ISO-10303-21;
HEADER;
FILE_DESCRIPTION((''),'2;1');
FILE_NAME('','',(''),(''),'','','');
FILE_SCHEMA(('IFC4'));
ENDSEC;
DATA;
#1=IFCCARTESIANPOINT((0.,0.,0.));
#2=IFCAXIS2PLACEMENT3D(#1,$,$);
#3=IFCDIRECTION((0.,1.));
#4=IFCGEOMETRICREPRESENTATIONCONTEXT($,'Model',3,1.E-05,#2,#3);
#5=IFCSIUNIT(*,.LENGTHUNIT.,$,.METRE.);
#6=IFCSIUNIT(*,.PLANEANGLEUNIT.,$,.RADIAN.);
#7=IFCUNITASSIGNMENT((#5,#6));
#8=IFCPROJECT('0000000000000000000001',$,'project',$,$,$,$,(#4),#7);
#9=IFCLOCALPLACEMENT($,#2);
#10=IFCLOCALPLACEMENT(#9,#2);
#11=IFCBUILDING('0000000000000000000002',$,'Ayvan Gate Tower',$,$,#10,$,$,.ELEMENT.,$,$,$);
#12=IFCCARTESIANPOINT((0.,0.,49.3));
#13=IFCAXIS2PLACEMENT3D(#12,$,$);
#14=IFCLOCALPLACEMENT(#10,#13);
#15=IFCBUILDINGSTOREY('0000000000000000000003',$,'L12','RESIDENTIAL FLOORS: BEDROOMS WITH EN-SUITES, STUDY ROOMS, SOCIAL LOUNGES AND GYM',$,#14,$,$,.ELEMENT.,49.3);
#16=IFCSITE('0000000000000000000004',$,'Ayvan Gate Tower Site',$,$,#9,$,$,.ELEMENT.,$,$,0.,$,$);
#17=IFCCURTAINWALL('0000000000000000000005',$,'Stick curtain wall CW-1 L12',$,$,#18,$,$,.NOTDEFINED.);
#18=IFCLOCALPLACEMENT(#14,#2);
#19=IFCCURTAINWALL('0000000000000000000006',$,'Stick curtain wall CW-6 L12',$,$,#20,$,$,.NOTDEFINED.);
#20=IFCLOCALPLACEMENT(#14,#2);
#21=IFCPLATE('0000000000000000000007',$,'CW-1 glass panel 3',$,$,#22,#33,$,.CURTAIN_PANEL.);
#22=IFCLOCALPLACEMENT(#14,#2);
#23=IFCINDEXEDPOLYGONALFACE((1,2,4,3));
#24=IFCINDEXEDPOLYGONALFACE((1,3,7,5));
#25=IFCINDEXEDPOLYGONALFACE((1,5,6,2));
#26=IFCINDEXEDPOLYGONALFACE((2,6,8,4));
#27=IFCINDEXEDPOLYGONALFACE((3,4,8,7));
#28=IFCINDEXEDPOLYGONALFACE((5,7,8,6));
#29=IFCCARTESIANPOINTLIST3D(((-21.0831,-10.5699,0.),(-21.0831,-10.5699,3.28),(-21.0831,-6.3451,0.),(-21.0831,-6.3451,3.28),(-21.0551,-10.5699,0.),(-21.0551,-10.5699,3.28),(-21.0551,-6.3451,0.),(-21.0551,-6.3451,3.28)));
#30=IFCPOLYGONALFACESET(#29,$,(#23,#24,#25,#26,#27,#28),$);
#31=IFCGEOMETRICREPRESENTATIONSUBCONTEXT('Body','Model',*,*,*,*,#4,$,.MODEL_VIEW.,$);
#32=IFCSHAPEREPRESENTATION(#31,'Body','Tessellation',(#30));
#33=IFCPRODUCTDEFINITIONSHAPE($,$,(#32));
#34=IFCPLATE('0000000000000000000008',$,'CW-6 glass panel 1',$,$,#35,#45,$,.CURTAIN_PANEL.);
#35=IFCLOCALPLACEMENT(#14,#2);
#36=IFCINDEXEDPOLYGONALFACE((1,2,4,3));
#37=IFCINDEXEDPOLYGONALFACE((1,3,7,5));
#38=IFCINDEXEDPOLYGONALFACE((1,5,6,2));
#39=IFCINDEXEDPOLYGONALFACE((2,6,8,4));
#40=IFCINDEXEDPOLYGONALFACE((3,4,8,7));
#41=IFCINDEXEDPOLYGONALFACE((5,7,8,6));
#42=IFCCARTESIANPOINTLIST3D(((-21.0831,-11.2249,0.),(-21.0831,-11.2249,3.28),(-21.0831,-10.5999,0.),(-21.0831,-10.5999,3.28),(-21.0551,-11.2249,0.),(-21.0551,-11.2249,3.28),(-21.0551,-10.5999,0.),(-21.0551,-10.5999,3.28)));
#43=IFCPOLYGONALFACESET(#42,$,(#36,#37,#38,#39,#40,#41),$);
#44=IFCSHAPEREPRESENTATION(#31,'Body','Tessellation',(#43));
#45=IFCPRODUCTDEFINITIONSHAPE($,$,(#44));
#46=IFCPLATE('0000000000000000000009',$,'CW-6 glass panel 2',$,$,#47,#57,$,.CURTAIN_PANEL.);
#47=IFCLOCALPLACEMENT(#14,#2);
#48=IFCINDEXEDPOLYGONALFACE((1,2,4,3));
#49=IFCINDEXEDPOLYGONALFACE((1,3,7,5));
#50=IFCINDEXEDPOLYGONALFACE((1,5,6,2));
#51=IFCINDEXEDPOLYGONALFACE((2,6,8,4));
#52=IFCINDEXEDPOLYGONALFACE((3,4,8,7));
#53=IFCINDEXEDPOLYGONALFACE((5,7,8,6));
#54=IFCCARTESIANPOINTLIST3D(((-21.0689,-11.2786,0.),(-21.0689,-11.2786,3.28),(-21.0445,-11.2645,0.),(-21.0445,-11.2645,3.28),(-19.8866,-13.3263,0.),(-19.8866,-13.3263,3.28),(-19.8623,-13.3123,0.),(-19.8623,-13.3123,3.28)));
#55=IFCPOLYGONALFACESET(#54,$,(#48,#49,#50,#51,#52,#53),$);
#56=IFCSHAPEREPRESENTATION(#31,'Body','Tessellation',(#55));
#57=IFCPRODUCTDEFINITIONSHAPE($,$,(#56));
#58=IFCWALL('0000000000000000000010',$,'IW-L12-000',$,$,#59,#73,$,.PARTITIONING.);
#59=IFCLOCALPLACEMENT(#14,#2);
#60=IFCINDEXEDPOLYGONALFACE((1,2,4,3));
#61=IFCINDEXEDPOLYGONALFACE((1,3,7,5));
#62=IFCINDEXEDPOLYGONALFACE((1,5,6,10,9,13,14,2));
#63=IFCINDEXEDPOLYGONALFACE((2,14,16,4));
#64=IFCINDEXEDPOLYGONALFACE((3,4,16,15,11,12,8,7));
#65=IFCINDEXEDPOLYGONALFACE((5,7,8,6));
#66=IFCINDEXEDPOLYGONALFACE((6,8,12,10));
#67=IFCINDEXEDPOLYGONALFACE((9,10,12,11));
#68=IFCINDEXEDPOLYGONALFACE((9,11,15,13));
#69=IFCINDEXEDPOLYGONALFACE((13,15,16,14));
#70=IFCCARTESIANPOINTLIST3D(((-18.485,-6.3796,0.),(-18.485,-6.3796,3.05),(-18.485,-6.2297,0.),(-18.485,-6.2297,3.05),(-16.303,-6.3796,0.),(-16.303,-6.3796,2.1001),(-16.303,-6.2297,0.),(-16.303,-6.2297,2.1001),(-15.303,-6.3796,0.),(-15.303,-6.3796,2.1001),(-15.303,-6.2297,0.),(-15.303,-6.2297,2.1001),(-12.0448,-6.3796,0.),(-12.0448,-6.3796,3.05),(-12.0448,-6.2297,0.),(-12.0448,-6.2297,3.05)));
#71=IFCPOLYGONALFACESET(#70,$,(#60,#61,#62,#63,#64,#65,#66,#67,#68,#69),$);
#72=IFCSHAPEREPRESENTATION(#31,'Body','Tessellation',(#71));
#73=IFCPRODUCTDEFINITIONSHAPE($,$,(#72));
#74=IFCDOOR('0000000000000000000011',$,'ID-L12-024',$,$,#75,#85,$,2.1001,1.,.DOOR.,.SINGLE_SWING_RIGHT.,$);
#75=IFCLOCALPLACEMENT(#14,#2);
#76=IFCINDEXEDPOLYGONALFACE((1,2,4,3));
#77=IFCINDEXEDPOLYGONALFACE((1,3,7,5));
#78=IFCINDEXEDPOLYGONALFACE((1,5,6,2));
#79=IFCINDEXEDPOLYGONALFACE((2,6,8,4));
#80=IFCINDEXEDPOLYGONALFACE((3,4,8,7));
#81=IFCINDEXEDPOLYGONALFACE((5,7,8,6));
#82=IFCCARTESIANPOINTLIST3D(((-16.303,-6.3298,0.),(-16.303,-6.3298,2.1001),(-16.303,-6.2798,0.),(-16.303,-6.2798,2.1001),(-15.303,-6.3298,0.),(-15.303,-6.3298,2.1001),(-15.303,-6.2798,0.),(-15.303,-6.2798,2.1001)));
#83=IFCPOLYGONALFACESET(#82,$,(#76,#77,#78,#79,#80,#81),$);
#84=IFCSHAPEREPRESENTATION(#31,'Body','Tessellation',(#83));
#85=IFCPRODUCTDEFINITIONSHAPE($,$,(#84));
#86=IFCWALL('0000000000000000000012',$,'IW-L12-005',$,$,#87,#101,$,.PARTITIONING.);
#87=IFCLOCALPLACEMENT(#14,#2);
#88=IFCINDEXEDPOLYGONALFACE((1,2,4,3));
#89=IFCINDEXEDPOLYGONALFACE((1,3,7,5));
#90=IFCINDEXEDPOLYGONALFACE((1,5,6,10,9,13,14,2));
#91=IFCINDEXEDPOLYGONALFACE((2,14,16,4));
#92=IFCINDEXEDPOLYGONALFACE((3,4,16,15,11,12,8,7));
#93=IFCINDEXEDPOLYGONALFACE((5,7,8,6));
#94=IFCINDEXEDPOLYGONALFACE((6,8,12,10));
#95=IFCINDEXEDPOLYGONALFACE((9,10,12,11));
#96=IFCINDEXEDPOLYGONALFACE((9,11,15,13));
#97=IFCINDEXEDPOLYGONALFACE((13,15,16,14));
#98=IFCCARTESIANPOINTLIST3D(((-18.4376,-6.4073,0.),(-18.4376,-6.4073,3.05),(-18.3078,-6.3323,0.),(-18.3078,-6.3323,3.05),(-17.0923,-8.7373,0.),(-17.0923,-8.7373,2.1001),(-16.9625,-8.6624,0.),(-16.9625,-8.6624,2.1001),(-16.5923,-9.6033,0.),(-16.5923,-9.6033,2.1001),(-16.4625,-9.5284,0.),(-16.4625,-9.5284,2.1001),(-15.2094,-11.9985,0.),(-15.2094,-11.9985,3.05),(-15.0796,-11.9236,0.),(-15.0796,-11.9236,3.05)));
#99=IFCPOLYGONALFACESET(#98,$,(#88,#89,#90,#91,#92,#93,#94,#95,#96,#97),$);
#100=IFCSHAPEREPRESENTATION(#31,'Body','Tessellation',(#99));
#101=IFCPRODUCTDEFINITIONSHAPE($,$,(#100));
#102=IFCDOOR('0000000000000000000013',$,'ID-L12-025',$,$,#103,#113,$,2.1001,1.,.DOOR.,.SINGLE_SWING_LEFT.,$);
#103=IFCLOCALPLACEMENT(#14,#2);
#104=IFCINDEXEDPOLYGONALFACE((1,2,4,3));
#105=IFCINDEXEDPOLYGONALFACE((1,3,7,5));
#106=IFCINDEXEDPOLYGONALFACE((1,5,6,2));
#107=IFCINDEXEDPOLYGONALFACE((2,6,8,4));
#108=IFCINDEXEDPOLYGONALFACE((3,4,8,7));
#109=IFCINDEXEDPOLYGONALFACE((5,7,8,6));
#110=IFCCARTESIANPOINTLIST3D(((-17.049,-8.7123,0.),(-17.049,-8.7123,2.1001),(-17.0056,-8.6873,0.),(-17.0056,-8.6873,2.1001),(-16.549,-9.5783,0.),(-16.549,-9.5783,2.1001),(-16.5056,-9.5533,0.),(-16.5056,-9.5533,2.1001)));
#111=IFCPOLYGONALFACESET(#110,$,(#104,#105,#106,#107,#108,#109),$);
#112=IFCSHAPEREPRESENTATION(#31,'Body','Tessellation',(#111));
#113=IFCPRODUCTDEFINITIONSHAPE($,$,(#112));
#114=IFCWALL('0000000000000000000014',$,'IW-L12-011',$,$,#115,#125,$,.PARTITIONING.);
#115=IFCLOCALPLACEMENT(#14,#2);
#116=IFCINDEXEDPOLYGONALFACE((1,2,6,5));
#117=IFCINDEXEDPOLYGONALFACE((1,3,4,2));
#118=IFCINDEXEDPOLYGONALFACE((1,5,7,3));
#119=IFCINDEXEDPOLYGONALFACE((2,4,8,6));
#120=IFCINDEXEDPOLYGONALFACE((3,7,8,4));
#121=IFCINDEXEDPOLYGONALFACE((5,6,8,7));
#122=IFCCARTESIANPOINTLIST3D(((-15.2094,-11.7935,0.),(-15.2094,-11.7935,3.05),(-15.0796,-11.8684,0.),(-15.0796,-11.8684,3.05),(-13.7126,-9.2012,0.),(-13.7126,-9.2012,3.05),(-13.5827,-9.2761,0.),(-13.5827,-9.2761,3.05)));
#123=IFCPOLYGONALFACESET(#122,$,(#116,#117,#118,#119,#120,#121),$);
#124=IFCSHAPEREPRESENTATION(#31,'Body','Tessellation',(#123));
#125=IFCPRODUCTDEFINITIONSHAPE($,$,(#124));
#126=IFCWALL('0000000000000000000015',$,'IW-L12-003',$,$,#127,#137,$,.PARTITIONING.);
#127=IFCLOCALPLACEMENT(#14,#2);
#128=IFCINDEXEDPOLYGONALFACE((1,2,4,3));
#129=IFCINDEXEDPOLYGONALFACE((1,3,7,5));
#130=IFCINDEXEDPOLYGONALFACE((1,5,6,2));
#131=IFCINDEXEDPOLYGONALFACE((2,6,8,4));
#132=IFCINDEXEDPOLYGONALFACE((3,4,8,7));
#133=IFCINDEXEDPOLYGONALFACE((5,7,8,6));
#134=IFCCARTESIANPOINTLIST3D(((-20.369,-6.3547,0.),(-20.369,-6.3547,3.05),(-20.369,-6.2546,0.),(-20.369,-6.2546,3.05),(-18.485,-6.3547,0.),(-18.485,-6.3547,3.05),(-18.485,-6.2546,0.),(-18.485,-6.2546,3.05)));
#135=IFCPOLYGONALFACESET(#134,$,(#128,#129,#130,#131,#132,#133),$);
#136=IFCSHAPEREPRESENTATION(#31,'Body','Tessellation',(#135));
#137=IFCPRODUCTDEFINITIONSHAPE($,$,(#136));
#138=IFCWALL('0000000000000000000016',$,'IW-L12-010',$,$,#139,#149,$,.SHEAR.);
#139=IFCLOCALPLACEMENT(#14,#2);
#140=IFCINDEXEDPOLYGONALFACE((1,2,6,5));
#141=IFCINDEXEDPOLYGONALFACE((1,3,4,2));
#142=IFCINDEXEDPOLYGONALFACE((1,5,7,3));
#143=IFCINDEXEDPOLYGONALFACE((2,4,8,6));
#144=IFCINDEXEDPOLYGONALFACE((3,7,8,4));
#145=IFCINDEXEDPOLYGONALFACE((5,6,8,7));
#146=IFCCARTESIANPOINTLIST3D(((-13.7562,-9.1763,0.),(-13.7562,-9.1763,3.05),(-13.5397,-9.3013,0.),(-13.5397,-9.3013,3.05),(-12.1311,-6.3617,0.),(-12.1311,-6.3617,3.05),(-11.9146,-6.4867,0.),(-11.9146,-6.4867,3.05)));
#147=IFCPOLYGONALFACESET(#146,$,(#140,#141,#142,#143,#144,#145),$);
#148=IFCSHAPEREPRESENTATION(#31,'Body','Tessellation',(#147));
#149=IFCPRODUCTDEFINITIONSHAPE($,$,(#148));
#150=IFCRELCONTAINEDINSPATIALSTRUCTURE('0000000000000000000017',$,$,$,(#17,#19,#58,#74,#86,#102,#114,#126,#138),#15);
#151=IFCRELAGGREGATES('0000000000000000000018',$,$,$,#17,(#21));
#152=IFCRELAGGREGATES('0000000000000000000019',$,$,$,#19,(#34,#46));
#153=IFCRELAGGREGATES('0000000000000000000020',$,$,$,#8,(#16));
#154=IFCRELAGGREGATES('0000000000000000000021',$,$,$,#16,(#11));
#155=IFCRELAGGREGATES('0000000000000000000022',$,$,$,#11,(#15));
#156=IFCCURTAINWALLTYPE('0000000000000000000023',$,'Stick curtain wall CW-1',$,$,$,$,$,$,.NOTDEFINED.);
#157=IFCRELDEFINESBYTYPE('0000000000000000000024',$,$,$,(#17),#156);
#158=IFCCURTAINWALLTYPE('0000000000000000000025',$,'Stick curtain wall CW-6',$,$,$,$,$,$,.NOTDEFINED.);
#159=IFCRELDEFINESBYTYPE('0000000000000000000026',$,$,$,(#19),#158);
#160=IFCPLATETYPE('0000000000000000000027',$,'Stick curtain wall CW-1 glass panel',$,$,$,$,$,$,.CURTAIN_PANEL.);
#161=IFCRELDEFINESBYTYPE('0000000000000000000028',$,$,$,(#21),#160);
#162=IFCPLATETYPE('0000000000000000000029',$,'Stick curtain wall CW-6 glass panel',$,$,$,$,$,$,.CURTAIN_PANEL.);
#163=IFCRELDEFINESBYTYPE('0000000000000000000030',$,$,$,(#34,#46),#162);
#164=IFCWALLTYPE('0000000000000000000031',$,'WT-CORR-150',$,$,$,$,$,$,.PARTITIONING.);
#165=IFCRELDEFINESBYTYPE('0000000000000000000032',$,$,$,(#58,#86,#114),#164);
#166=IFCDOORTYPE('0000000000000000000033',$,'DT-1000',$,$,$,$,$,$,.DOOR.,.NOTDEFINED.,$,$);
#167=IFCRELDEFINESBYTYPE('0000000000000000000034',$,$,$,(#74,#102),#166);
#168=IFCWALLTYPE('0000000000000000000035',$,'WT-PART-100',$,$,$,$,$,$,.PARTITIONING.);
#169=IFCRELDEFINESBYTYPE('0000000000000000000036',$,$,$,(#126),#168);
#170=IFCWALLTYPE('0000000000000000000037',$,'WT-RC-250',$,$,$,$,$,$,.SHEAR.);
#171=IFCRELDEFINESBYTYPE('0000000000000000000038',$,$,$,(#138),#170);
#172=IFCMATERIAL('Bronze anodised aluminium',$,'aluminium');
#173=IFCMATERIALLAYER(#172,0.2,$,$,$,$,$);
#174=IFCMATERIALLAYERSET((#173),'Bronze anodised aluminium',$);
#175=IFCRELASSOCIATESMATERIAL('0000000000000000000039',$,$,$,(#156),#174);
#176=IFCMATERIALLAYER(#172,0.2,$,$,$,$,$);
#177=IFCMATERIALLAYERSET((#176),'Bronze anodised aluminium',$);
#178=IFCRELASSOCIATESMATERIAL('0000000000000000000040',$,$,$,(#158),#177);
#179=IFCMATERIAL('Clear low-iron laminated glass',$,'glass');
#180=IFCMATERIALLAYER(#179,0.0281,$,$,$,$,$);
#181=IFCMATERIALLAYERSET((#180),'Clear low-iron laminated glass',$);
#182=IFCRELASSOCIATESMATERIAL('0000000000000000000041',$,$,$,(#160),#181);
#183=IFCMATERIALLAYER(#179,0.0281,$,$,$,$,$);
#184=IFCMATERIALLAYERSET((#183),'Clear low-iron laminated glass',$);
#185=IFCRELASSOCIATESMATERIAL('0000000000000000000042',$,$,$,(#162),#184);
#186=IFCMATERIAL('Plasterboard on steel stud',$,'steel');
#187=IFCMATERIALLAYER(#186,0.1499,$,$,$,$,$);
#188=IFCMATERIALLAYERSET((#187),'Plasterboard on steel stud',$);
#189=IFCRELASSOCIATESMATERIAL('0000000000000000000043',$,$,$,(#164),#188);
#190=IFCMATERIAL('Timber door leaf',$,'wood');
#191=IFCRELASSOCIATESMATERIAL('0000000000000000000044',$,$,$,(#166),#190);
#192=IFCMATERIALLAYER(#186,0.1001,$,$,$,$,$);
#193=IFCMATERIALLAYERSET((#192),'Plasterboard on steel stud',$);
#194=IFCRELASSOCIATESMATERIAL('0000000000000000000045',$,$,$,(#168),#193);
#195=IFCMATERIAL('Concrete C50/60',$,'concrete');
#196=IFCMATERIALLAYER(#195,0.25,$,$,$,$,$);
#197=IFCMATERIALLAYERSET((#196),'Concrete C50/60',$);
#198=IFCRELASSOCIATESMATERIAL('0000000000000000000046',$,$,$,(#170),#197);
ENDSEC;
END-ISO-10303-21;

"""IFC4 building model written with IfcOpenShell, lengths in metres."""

from ifc_helpers import new_model, si_unit, direction, frame, frame_2d, origin, origin_2d, place, context, subcontext, project, spatial, rectangle, extrude, material, layer, layer_set, type_object, element, fill, aggregate, save


model = new_model("IFC4")

# Units and contexts
model_context = context("Model", 3, precision=1e-05, world=origin(), true_north=direction((0.0, 1.0)))
body_context = subcontext(model_context, "Body", "Model", "MODEL_VIEW")
ifc_project = project(units=[si_unit("LENGTHUNIT", "METRE"), si_unit("PLANEANGLEUNIT", "RADIAN")], contexts=[model_context])

# Site, building, storey
site_placement = place(None, origin())
site = spatial("IfcSite", under=ifc_project, at=site_placement, Name="Ayvan Gate Tower Site", CompositionType="ELEMENT", RefElevation=0.0)
building_placement = place(site_placement, origin())
building = spatial("IfcBuilding", under=site, at=building_placement, Name="Ayvan Gate Tower", CompositionType="ELEMENT")
storey_placement = place(building_placement, frame((0.0, 0.0, 49.3)))
storey = spatial("IfcBuildingStorey", under=building, at=storey_placement, Name="L12", Description="RESIDENTIAL FLOORS: BEDROOMS WITH EN-SUITES, STUDY ROOMS, SOCIAL LOUNGES AND GYM", CompositionType="ELEMENT", Elevation=49.3)

# Curtain walls
ifc_material_1 = material(Name="Bronze anodised aluminium", Category="aluminium")
ifc_layer_1 = layer(ifc_material_1, 0.2)
ifc_layer_set_1 = layer_set([ifc_layer_1], Name="Bronze anodised aluminium")
curtain_wall_type_1 = type_object("IfcCurtainWallType", Name="Stick curtain wall CW-1", PredefinedType="NOTDEFINED", material=ifc_layer_set_1)
curtain_wall_1_placement = place(storey_placement, origin())
curtain_wall_1 = element("IfcCurtainWall", 1, at=curtain_wall_1_placement, inside=storey, type_object=curtain_wall_type_1, Name="Stick curtain wall CW-1 L12", PredefinedType="NOTDEFINED")
ifc_layer_2 = layer(ifc_material_1, 0.2)
ifc_layer_set_2 = layer_set([ifc_layer_2], Name="Bronze anodised aluminium")
curtain_wall_type_2 = type_object("IfcCurtainWallType", Name="Stick curtain wall CW-6", PredefinedType="NOTDEFINED", material=ifc_layer_set_2)
curtain_wall_2_placement = place(storey_placement, origin())
curtain_wall_2 = element("IfcCurtainWall", 2, at=curtain_wall_2_placement, inside=storey, type_object=curtain_wall_type_2, Name="Stick curtain wall CW-6 L12", PredefinedType="NOTDEFINED")

# Plates
ifc_material_2 = material(Name="Clear low-iron laminated glass", Category="glass")
ifc_layer_3 = layer(ifc_material_2, 0.0281)
ifc_layer_set_3 = layer_set([ifc_layer_3], Name="Clear low-iron laminated glass")
plate_type_1 = type_object("IfcPlateType", Name="Stick curtain wall CW-1 glass panel", PredefinedType="CURTAIN_PANEL", material=ifc_layer_set_3)
plate_1_placement = place(storey_placement, frame((-21.0691, -8.4575, 0.0), z_axis=(0.0, 0.0, 1.0), x_axis=(0.0, -1.0, 0.0)))
plate_1 = element("IfcPlate", 3, at=plate_1_placement, type_object=plate_type_1, Name="CW-1 glass panel 3", PredefinedType="CURTAIN_PANEL", context=body_context, shape_type="SweptSolid", body=[
    extrude(rectangle(XDim=4.2249, YDim=0.0281, at=origin_2d()), origin(), (0.0, 0.0, 1.0), 3.28),
])
aggregate(curtain_wall_1, [plate_1])
ifc_layer_4 = layer(ifc_material_2, 0.0281)
ifc_layer_set_4 = layer_set([ifc_layer_4], Name="Clear low-iron laminated glass")
plate_type_2 = type_object("IfcPlateType", Name="Stick curtain wall CW-6 glass panel", PredefinedType="CURTAIN_PANEL", material=ifc_layer_set_4)
plate_2_placement = place(storey_placement, frame((-21.0691, -10.9124, 0.0), z_axis=(0.0, 0.0, 1.0), x_axis=(0.0, -1.0, 0.0)))
plate_2 = element("IfcPlate", 4, at=plate_2_placement, type_object=plate_type_2, Name="CW-6 glass panel 1", PredefinedType="CURTAIN_PANEL", context=body_context, shape_type="SweptSolid", body=[
    extrude(rectangle(XDim=0.625, YDim=0.0281, at=origin_2d()), origin(), (0.0, 0.0, 1.0), 3.28),
])
plate_3_placement = place(storey_placement, frame((-20.4656, -12.2954, 0.0), z_axis=(0.0, 0.0, 1.0), x_axis=(0.5, -0.866025, 0.0)))
plate_3 = element("IfcPlate", 5, at=plate_3_placement, type_object=plate_type_2, Name="CW-6 glass panel 2", PredefinedType="CURTAIN_PANEL", context=body_context, shape_type="SweptSolid", body=[
    extrude(rectangle(XDim=2.3645, YDim=0.0281, at=origin_2d()), origin(), (0.0, 0.0, 1.0), 3.28),
])
aggregate(curtain_wall_2, [plate_2, plate_3])

# Walls, openings, doors
ifc_material_3 = material(Name="Plasterboard on steel stud", Category="steel")
ifc_layer_5 = layer(ifc_material_3, 0.1499)
ifc_layer_set_5 = layer_set([ifc_layer_5], Name="Plasterboard on steel stud")
wall_type_1 = type_object("IfcWallType", Name="WT-CORR-150", PredefinedType="PARTITIONING", material=ifc_layer_set_5)
wall_1_placement = place(storey_placement, frame((-18.4851, -6.3047, 0.0), z_axis=(0.0, 0.0, 1.0), x_axis=(1.0, 0.0, 0.0)))
wall_1 = element("IfcWall", 6, at=wall_1_placement, inside=storey, type_object=wall_type_1, Name="IW-L12-000", PredefinedType="PARTITIONING", context=body_context, shape_type="SweptSolid", body=[
    extrude(rectangle(XDim=6.4402, YDim=0.1499, at=frame_2d((3.2202, 0.0))), origin(), (0.0, 0.0, 1.0), 3.05),
])
opening_1_placement = place(wall_1_placement, frame((2.1821, 0.0, 0.0)))
opening_1 = element("IfcOpeningElement", 7, at=opening_1_placement, cuts=wall_1, PredefinedType="OPENING", context=body_context, shape_type="SweptSolid", body=[
    extrude(rectangle(XDim=1.0, YDim=2.1001, at=frame_2d((0.5, 1.05))), frame((0.0, 0.085, 0.0), z_axis=(0.0, -1.0, 0.0), x_axis=(1.0, 0.0, 0.0)), (0.0, 0.0, 1.0), 0.1699),
])
ifc_material_4 = material(Name="Timber door leaf", Category="wood")
door_type = type_object("IfcDoorType", Name="DT-1000", OperationType="NOTDEFINED", PredefinedType="DOOR", material=ifc_material_4)
door_1_placement = place(opening_1_placement, origin())
door_1 = element("IfcDoor", 8, at=door_1_placement, inside=storey, type_object=door_type, Name="ID-L12-024", OperationType="SINGLE_SWING_RIGHT", OverallHeight=2.1001, OverallWidth=1.0, PredefinedType="DOOR", context=body_context, shape_type="SweptSolid", body=[
    extrude(rectangle(XDim=1.0, YDim=2.1001, at=frame_2d((0.5, 1.05))), frame((0.0, 0.0249, 0.0), z_axis=(0.0, -1.0, 0.0), x_axis=(1.0, 0.0, 0.0)), (0.0, 0.0, 1.0), 0.05),
])
fill(opening_1, door_1)
wall_2_placement = place(storey_placement, frame((-15.1445, -11.9609, 0.0), z_axis=(0.0, 0.0, 1.0), x_axis=(-0.500015, 0.866017, 0.0)))
wall_2 = element("IfcWall", 9, at=wall_2_placement, inside=storey, type_object=wall_type_1, Name="IW-L12-005", PredefinedType="PARTITIONING", context=body_context, shape_type="SweptSolid", body=[
    extrude(rectangle(XDim=6.4563, YDim=0.1499, at=frame_2d((3.228, 0.0))), origin(), (0.0, 0.0, 1.0), 3.05),
])
opening_2_placement = place(wall_2_placement, frame((2.7656, 0.0, 0.0)))
opening_2 = element("IfcOpeningElement", 10, at=opening_2_placement, cuts=wall_2, PredefinedType="OPENING", context=body_context, shape_type="SweptSolid", body=[
    extrude(rectangle(XDim=1.0, YDim=2.1001, at=frame_2d((0.5, 1.05))), frame((0.0, 0.085, 0.0), z_axis=(0.0, -1.0, 0.0), x_axis=(1.0, 0.0, 0.0)), (0.0, 0.0, 1.0), 0.1699),
])
door_2_placement = place(opening_2_placement, origin())
door_2 = element("IfcDoor", 11, at=door_2_placement, inside=storey, type_object=door_type, Name="ID-L12-025", OperationType="SINGLE_SWING_LEFT", OverallHeight=2.1001, OverallWidth=1.0, PredefinedType="DOOR", context=body_context, shape_type="SweptSolid", body=[
    extrude(rectangle(XDim=1.0, YDim=2.1001, at=frame_2d((0.5, 1.05))), frame((0.0, 0.0249, 0.0), z_axis=(0.0, -1.0, 0.0), x_axis=(1.0, 0.0, 0.0)), (0.0, 0.0, 1.0), 0.05),
])
fill(opening_2, door_2)

# Walls
wall_3_placement = place(storey_placement, frame((-13.6477, -9.2388, 0.0), z_axis=(0.0, 0.0, 1.0), x_axis=(-0.500043, -0.866001, 0.0)))
element("IfcWall", 12, at=wall_3_placement, inside=storey, type_object=wall_type_1, Name="IW-L12-011", PredefinedType="PARTITIONING", context=body_context, shape_type="SweptSolid", body=[
    extrude(rectangle(XDim=2.9934, YDim=0.1499, at=frame_2d((1.4966, 0.0))), origin(), (0.0, 0.0, 1.0), 3.05),
])
ifc_layer_6 = layer(ifc_material_3, 0.1001)
ifc_layer_set_6 = layer_set([ifc_layer_6], Name="Plasterboard on steel stud")
wall_type_2 = type_object("IfcWallType", Name="WT-PART-100", PredefinedType="PARTITIONING", material=ifc_layer_set_6)
wall_4_placement = place(storey_placement, frame((-18.4851, -6.3047, 0.0), z_axis=(0.0, 0.0, 1.0), x_axis=(-1.0, 0.0, 0.0)))
element("IfcWall", 13, at=wall_4_placement, inside=storey, type_object=wall_type_2, Name="IW-L12-003", PredefinedType="PARTITIONING", context=body_context, shape_type="SweptSolid", body=[
    extrude(rectangle(XDim=1.884, YDim=0.1001, at=frame_2d((0.9419, 0.0))), origin(), (0.0, 0.0, 1.0), 3.05),
])
ifc_material_5 = material(Name="Concrete C50/60", Category="concrete")
ifc_layer_7 = layer(ifc_material_5, 0.25)
ifc_layer_set_7 = layer_set([ifc_layer_7], Name="Concrete C50/60")
wall_type_3 = type_object("IfcWallType", Name="WT-RC-250", PredefinedType="SHEAR", material=ifc_layer_set_7)
wall_5_placement = place(storey_placement, frame((-13.6479, -9.2388, 0.0), z_axis=(0.0, 0.0, 1.0), x_axis=(0.500017, 0.866015, 0.0)))
element("IfcWall", 14, at=wall_5_placement, inside=storey, type_object=wall_type_3, Name="IW-L12-010", PredefinedType="SHEAR", context=body_context, shape_type="SweptSolid", body=[
    extrude(rectangle(XDim=3.25, YDim=0.25, at=frame_2d((1.625, 0.0))), origin(), (0.0, 0.0, 1.0), 3.05),
])

save(model, "model.ifc")
